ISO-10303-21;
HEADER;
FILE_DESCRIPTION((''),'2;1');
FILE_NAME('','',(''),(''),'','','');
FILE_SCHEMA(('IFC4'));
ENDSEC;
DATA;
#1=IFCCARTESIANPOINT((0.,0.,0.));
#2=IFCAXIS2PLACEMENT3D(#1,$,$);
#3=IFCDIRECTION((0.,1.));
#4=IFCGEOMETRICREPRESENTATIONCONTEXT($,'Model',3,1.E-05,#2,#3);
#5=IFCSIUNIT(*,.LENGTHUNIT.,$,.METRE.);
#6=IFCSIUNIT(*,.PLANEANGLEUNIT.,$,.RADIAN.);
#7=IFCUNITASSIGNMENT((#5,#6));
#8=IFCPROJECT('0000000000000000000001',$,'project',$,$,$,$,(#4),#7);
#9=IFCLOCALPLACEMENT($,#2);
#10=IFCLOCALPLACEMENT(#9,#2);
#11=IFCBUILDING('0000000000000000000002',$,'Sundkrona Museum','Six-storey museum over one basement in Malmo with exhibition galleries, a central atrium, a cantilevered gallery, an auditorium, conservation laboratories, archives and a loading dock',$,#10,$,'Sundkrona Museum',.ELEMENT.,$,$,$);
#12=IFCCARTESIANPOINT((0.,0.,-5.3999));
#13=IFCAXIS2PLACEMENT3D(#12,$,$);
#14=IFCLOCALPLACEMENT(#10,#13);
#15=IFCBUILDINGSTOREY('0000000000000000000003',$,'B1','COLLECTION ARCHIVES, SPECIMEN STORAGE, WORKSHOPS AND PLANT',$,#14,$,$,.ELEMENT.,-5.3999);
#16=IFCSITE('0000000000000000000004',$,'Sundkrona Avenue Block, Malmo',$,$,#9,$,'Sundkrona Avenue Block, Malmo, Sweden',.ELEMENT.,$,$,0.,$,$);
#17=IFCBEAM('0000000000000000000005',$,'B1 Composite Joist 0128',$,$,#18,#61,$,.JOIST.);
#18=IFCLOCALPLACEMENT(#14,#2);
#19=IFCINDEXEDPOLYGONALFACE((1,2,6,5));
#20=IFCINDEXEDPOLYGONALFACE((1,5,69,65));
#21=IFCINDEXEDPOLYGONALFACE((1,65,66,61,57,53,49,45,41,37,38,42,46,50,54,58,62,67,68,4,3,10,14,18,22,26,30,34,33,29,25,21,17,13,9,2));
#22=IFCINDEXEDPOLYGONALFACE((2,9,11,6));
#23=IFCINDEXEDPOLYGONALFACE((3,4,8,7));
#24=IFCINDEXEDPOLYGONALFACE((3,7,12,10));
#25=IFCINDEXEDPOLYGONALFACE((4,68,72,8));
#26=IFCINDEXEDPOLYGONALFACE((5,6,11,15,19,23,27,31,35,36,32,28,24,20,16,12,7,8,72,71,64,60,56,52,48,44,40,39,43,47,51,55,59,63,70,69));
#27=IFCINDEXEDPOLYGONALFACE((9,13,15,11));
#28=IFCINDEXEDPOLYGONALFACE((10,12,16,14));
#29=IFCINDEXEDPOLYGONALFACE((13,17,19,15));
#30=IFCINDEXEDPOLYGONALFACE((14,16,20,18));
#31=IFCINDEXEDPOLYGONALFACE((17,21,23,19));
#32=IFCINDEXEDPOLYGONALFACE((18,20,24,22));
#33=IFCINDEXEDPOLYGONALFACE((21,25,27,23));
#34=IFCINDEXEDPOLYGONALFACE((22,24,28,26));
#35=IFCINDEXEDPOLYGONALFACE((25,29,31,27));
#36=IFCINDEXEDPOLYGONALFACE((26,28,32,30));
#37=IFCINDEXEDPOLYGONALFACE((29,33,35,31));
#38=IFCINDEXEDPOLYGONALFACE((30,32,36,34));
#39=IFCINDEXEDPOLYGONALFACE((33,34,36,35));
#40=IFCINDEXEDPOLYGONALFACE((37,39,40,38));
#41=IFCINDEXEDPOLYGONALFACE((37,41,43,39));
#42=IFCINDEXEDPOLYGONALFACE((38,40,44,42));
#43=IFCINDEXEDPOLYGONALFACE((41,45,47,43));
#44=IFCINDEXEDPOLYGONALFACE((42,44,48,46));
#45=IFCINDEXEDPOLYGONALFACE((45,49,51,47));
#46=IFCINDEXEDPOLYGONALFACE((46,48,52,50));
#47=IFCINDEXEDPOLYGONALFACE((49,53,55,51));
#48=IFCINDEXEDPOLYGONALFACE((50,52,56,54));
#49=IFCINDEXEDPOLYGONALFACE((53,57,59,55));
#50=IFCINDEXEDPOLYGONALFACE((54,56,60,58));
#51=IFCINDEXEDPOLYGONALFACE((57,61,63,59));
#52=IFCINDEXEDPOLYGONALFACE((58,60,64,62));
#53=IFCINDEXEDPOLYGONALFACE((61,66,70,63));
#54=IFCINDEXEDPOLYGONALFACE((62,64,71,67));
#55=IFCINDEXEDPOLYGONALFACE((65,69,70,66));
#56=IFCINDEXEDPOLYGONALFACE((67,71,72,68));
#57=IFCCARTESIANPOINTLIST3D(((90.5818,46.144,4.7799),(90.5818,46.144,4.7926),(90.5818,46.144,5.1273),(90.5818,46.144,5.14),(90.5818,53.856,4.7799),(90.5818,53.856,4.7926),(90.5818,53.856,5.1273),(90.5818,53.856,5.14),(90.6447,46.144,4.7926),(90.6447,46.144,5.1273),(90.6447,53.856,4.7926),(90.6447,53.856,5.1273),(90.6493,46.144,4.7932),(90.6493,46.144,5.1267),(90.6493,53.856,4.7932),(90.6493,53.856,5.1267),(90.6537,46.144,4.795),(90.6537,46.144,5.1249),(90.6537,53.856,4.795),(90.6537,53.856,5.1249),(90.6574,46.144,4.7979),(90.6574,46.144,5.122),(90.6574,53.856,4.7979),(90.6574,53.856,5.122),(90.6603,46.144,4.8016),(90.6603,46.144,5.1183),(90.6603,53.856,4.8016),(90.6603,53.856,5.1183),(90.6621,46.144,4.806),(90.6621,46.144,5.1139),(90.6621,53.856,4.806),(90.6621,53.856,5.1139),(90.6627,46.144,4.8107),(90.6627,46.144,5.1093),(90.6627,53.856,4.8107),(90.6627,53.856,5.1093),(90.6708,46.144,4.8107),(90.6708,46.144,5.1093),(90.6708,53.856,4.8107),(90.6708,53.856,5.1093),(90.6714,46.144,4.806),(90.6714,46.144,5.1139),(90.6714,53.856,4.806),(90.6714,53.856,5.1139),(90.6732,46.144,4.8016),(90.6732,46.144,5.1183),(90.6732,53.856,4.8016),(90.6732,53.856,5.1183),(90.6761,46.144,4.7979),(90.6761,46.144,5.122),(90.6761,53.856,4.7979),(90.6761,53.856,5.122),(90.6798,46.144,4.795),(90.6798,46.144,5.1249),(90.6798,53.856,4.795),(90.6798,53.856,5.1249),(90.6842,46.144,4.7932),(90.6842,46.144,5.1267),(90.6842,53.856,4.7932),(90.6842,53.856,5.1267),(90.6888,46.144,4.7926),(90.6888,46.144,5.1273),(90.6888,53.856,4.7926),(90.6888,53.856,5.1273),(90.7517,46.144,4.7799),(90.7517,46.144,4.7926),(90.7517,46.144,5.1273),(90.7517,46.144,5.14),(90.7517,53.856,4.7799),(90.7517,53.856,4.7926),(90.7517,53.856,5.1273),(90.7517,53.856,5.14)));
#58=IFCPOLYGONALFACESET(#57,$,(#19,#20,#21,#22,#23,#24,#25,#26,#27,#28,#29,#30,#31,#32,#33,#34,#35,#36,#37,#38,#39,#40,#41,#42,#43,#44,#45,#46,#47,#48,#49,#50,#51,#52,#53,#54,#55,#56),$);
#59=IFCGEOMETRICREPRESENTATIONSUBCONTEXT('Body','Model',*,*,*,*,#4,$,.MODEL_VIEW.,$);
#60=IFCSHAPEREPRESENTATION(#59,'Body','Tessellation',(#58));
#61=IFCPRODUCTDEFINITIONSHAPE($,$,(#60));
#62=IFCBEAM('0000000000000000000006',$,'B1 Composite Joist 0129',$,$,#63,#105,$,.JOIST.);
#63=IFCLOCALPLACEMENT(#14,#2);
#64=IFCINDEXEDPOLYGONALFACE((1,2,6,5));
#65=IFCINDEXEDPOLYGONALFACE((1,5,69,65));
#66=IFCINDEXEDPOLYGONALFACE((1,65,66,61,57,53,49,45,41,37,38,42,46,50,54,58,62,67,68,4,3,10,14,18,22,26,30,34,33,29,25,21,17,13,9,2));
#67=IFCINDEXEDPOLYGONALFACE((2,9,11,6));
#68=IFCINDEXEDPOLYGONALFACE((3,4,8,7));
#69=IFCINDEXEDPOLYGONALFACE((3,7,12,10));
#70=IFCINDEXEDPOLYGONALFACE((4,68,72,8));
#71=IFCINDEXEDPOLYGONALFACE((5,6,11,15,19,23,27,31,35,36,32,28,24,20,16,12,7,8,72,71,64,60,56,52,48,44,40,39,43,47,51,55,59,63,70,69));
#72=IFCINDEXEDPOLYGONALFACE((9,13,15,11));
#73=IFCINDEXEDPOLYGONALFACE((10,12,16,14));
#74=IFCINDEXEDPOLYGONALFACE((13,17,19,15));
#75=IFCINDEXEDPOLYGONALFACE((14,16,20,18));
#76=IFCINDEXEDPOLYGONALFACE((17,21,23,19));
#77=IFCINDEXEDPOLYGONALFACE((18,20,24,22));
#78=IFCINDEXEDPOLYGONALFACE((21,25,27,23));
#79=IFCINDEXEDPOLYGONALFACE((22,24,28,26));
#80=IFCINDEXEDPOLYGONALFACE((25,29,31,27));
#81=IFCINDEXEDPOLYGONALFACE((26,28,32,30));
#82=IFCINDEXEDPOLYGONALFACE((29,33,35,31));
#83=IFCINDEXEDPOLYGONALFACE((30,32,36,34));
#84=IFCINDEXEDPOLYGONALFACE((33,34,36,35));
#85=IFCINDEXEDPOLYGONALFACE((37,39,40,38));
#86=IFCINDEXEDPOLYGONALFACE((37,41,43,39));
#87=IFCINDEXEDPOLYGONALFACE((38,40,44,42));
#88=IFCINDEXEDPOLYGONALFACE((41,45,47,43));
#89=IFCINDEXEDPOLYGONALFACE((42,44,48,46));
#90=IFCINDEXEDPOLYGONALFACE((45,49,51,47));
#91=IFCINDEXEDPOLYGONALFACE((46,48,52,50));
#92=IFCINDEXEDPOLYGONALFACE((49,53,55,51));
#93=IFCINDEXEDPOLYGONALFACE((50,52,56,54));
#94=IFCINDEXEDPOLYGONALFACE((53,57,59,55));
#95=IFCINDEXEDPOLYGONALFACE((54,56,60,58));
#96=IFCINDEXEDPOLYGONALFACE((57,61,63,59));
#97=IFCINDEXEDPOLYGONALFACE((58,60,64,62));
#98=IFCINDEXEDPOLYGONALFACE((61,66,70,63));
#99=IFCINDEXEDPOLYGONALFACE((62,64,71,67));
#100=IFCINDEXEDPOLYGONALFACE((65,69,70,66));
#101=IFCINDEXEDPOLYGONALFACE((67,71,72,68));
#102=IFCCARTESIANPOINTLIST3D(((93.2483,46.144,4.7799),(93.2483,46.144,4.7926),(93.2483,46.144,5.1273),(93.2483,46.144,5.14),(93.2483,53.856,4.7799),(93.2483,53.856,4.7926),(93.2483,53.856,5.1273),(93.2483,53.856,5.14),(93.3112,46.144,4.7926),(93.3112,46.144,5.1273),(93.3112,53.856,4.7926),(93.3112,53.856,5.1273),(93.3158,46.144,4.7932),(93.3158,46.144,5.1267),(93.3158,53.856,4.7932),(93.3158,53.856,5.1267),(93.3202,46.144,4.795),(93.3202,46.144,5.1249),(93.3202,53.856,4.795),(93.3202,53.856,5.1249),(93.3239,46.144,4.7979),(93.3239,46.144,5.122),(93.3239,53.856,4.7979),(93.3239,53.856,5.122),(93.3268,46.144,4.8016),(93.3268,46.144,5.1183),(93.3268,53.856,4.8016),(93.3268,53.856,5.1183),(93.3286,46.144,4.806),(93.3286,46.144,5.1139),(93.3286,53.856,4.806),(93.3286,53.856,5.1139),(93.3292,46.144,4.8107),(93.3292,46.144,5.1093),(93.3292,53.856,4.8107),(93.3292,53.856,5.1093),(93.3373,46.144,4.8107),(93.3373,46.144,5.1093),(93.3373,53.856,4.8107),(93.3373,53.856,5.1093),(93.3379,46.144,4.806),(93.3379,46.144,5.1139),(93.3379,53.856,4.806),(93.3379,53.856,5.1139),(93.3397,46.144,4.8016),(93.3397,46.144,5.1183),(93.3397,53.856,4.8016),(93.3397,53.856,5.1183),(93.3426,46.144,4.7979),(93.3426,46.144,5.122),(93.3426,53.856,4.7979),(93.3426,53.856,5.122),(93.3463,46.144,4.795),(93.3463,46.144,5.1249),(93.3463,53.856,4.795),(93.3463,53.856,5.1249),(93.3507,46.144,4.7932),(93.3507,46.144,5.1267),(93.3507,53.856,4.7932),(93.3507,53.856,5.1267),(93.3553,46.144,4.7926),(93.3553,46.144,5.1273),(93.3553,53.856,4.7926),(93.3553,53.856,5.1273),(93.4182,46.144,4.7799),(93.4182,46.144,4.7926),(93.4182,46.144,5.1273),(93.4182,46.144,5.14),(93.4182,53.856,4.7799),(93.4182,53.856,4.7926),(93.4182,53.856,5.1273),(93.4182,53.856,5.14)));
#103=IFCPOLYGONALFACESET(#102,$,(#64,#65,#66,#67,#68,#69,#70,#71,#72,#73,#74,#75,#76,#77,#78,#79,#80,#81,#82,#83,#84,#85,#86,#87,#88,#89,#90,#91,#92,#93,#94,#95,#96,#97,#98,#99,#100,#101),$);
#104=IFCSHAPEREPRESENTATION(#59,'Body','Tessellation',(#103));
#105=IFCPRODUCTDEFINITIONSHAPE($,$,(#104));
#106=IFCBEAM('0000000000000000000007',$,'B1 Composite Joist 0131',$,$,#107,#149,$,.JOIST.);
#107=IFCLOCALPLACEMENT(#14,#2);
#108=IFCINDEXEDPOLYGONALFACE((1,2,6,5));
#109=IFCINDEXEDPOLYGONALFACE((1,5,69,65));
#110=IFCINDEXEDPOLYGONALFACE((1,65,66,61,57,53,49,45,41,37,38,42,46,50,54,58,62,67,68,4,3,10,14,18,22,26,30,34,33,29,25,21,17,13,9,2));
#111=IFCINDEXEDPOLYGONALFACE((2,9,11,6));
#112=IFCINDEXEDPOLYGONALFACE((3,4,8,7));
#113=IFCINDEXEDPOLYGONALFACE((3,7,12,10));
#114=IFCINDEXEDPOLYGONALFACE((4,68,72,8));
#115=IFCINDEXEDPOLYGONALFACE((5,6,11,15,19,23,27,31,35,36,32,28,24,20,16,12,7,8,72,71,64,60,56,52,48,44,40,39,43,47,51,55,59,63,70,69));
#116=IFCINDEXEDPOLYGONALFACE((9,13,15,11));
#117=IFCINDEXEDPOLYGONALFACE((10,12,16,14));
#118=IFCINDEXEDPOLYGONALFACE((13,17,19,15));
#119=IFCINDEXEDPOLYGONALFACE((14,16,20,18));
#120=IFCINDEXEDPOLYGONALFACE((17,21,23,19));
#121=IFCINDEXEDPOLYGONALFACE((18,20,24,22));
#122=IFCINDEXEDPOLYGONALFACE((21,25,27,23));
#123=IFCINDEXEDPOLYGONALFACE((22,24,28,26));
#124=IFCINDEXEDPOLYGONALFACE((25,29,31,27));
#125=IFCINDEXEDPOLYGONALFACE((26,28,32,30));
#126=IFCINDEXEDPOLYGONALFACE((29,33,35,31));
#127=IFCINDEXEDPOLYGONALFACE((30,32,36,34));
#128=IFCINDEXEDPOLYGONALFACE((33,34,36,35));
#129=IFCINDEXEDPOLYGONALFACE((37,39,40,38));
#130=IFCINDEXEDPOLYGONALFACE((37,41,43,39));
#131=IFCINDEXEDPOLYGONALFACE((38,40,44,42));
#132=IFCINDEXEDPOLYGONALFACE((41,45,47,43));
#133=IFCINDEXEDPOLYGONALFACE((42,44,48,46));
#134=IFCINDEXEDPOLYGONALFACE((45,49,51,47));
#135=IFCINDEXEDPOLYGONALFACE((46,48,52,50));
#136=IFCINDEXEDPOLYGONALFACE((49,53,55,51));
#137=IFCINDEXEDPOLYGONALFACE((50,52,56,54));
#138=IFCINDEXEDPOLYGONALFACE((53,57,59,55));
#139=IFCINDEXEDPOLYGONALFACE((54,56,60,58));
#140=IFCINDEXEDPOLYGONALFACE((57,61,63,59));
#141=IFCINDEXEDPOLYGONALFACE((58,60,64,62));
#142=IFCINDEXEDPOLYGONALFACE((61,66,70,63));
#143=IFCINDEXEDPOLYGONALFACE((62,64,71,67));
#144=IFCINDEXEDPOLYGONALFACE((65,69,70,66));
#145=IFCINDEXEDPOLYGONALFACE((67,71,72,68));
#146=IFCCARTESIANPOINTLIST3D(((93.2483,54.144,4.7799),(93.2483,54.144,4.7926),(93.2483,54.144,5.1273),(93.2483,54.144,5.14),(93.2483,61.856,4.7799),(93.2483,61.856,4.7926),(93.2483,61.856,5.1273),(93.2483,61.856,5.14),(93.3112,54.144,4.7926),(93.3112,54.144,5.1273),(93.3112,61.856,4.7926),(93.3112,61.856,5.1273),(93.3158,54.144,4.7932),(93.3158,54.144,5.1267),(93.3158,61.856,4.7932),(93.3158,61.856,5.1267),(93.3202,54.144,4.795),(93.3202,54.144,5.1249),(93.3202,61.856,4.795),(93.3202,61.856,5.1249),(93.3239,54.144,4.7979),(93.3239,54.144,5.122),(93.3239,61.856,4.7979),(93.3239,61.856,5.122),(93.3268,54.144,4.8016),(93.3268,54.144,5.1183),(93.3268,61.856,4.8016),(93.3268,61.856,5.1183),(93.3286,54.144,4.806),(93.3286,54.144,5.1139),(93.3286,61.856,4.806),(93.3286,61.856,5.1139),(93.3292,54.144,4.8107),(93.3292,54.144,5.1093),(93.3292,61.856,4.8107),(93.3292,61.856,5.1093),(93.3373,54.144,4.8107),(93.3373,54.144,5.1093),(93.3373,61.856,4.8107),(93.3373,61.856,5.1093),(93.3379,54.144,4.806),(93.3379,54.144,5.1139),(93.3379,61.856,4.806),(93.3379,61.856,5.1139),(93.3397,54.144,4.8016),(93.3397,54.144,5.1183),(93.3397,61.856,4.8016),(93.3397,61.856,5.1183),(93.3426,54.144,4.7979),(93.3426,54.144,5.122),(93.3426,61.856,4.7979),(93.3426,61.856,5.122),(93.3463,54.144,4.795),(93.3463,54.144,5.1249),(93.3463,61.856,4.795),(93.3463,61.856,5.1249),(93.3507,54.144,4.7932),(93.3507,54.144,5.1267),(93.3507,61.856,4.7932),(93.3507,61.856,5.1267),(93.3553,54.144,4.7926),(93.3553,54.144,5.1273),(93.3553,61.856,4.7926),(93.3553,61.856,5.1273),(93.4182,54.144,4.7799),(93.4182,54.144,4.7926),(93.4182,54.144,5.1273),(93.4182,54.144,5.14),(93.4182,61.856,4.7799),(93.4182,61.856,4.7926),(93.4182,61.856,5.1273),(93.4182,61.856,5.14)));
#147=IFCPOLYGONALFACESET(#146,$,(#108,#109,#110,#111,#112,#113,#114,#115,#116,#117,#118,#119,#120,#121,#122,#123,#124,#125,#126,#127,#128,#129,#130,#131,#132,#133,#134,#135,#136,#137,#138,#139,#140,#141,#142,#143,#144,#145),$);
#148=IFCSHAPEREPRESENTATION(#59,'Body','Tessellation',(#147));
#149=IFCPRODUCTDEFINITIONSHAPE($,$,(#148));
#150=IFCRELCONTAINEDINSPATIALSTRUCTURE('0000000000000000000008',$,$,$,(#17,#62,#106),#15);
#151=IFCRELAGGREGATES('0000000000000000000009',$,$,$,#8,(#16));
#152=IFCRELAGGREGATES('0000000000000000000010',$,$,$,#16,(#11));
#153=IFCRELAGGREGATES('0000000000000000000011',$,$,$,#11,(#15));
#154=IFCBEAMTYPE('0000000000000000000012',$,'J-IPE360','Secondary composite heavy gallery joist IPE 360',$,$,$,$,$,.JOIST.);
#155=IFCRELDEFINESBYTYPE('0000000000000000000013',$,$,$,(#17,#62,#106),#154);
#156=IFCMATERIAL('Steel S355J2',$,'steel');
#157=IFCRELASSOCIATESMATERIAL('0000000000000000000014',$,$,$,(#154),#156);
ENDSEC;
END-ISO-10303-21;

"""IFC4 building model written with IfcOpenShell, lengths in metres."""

from ifc_helpers import new_model, si_unit, direction, frame, origin, origin_2d, place, context, subcontext, project, spatial, i_section, extrude, material, material_profile, profile_set, type_object, element, save


model = new_model("IFC4")

# Units and contexts
model_context = context("Model", 3, precision=1e-05, world=origin(), true_north=direction((0.0, 1.0)))
body_context = subcontext(model_context, "Body", "Model", "MODEL_VIEW")
ifc_project = project(units=[si_unit("LENGTHUNIT", "METRE"), si_unit("PLANEANGLEUNIT", "RADIAN")], contexts=[model_context])

# Site, building, storey
site_placement = place(None, origin())
site = spatial("IfcSite", under=ifc_project, at=site_placement, Name="Sundkrona Avenue Block, Malmo", LongName="Sundkrona Avenue Block, Malmo, Sweden", CompositionType="ELEMENT", RefElevation=0.0)
building_placement = place(site_placement, origin())
building = spatial("IfcBuilding", under=site, at=building_placement, Name="Sundkrona Museum", Description="Six-storey museum over one basement in Malmo with exhibition galleries, a central atrium, a cantilevered gallery, an auditorium, conservation laboratories, archives and a loading dock", LongName="Sundkrona Museum", CompositionType="ELEMENT")
storey_placement = place(building_placement, frame((0.0, 0.0, -5.3999)))
storey = spatial("IfcBuildingStorey", under=building, at=storey_placement, Name="B1", Description="COLLECTION ARCHIVES, SPECIMEN STORAGE, WORKSHOPS AND PLANT", CompositionType="ELEMENT", Elevation=-5.3999)

# Beams
ifc_material_1 = material(Name="Steel S355J2", Category="steel")
ifc_material_profile_1 = material_profile(ifc_material_1, i_section(OverallWidth=0.1699, OverallDepth=0.3601, WebThickness=0.0081, FlangeThickness=0.0127, FilletRadius=0.0181, at=origin_2d()), Name="IPE 360")
ifc_profile_set_1 = profile_set([ifc_material_profile_1], Name="Steel S355J2")
beam_type_1 = type_object("IfcBeamType", Name="J-IPE360", Description="Secondary composite heavy gallery joist IPE 360", PredefinedType="JOIST", material=ifc_profile_set_1)
for number, where, z_axis, x_axis, name in (
    (1, (90.6667, 46.144, 4.96), (0.0, 1.0, 0.0), (-1.0, 0.0, 0.0), "B1 Composite Joist 0128"),
    (2, (93.3333, 46.144, 4.96), (0.0, 1.0, 0.0), (-1.0, 0.0, 0.0), "B1 Composite Joist 0129"),
    (3, (93.3333, 54.144, 4.96), (0.0, 1.0, 0.0), (-1.0, 0.0, 0.0), "B1 Composite Joist 0131"),
):
    element("IfcBeam", number, at=place(storey_placement, frame(where, z_axis=z_axis, x_axis=x_axis)), inside=storey, type_object=beam_type_1, Name=name, PredefinedType="JOIST", context=body_context, shape_type="SweptSolid", body=[
        extrude(i_section(OverallWidth=0.1699, OverallDepth=0.3601, WebThickness=0.0081, FlangeThickness=0.0127, FilletRadius=0.0181, at=origin_2d()), origin(), (0.0, 0.0, 1.0), 7.7119),
    ])

save(model, "model.ifc")
